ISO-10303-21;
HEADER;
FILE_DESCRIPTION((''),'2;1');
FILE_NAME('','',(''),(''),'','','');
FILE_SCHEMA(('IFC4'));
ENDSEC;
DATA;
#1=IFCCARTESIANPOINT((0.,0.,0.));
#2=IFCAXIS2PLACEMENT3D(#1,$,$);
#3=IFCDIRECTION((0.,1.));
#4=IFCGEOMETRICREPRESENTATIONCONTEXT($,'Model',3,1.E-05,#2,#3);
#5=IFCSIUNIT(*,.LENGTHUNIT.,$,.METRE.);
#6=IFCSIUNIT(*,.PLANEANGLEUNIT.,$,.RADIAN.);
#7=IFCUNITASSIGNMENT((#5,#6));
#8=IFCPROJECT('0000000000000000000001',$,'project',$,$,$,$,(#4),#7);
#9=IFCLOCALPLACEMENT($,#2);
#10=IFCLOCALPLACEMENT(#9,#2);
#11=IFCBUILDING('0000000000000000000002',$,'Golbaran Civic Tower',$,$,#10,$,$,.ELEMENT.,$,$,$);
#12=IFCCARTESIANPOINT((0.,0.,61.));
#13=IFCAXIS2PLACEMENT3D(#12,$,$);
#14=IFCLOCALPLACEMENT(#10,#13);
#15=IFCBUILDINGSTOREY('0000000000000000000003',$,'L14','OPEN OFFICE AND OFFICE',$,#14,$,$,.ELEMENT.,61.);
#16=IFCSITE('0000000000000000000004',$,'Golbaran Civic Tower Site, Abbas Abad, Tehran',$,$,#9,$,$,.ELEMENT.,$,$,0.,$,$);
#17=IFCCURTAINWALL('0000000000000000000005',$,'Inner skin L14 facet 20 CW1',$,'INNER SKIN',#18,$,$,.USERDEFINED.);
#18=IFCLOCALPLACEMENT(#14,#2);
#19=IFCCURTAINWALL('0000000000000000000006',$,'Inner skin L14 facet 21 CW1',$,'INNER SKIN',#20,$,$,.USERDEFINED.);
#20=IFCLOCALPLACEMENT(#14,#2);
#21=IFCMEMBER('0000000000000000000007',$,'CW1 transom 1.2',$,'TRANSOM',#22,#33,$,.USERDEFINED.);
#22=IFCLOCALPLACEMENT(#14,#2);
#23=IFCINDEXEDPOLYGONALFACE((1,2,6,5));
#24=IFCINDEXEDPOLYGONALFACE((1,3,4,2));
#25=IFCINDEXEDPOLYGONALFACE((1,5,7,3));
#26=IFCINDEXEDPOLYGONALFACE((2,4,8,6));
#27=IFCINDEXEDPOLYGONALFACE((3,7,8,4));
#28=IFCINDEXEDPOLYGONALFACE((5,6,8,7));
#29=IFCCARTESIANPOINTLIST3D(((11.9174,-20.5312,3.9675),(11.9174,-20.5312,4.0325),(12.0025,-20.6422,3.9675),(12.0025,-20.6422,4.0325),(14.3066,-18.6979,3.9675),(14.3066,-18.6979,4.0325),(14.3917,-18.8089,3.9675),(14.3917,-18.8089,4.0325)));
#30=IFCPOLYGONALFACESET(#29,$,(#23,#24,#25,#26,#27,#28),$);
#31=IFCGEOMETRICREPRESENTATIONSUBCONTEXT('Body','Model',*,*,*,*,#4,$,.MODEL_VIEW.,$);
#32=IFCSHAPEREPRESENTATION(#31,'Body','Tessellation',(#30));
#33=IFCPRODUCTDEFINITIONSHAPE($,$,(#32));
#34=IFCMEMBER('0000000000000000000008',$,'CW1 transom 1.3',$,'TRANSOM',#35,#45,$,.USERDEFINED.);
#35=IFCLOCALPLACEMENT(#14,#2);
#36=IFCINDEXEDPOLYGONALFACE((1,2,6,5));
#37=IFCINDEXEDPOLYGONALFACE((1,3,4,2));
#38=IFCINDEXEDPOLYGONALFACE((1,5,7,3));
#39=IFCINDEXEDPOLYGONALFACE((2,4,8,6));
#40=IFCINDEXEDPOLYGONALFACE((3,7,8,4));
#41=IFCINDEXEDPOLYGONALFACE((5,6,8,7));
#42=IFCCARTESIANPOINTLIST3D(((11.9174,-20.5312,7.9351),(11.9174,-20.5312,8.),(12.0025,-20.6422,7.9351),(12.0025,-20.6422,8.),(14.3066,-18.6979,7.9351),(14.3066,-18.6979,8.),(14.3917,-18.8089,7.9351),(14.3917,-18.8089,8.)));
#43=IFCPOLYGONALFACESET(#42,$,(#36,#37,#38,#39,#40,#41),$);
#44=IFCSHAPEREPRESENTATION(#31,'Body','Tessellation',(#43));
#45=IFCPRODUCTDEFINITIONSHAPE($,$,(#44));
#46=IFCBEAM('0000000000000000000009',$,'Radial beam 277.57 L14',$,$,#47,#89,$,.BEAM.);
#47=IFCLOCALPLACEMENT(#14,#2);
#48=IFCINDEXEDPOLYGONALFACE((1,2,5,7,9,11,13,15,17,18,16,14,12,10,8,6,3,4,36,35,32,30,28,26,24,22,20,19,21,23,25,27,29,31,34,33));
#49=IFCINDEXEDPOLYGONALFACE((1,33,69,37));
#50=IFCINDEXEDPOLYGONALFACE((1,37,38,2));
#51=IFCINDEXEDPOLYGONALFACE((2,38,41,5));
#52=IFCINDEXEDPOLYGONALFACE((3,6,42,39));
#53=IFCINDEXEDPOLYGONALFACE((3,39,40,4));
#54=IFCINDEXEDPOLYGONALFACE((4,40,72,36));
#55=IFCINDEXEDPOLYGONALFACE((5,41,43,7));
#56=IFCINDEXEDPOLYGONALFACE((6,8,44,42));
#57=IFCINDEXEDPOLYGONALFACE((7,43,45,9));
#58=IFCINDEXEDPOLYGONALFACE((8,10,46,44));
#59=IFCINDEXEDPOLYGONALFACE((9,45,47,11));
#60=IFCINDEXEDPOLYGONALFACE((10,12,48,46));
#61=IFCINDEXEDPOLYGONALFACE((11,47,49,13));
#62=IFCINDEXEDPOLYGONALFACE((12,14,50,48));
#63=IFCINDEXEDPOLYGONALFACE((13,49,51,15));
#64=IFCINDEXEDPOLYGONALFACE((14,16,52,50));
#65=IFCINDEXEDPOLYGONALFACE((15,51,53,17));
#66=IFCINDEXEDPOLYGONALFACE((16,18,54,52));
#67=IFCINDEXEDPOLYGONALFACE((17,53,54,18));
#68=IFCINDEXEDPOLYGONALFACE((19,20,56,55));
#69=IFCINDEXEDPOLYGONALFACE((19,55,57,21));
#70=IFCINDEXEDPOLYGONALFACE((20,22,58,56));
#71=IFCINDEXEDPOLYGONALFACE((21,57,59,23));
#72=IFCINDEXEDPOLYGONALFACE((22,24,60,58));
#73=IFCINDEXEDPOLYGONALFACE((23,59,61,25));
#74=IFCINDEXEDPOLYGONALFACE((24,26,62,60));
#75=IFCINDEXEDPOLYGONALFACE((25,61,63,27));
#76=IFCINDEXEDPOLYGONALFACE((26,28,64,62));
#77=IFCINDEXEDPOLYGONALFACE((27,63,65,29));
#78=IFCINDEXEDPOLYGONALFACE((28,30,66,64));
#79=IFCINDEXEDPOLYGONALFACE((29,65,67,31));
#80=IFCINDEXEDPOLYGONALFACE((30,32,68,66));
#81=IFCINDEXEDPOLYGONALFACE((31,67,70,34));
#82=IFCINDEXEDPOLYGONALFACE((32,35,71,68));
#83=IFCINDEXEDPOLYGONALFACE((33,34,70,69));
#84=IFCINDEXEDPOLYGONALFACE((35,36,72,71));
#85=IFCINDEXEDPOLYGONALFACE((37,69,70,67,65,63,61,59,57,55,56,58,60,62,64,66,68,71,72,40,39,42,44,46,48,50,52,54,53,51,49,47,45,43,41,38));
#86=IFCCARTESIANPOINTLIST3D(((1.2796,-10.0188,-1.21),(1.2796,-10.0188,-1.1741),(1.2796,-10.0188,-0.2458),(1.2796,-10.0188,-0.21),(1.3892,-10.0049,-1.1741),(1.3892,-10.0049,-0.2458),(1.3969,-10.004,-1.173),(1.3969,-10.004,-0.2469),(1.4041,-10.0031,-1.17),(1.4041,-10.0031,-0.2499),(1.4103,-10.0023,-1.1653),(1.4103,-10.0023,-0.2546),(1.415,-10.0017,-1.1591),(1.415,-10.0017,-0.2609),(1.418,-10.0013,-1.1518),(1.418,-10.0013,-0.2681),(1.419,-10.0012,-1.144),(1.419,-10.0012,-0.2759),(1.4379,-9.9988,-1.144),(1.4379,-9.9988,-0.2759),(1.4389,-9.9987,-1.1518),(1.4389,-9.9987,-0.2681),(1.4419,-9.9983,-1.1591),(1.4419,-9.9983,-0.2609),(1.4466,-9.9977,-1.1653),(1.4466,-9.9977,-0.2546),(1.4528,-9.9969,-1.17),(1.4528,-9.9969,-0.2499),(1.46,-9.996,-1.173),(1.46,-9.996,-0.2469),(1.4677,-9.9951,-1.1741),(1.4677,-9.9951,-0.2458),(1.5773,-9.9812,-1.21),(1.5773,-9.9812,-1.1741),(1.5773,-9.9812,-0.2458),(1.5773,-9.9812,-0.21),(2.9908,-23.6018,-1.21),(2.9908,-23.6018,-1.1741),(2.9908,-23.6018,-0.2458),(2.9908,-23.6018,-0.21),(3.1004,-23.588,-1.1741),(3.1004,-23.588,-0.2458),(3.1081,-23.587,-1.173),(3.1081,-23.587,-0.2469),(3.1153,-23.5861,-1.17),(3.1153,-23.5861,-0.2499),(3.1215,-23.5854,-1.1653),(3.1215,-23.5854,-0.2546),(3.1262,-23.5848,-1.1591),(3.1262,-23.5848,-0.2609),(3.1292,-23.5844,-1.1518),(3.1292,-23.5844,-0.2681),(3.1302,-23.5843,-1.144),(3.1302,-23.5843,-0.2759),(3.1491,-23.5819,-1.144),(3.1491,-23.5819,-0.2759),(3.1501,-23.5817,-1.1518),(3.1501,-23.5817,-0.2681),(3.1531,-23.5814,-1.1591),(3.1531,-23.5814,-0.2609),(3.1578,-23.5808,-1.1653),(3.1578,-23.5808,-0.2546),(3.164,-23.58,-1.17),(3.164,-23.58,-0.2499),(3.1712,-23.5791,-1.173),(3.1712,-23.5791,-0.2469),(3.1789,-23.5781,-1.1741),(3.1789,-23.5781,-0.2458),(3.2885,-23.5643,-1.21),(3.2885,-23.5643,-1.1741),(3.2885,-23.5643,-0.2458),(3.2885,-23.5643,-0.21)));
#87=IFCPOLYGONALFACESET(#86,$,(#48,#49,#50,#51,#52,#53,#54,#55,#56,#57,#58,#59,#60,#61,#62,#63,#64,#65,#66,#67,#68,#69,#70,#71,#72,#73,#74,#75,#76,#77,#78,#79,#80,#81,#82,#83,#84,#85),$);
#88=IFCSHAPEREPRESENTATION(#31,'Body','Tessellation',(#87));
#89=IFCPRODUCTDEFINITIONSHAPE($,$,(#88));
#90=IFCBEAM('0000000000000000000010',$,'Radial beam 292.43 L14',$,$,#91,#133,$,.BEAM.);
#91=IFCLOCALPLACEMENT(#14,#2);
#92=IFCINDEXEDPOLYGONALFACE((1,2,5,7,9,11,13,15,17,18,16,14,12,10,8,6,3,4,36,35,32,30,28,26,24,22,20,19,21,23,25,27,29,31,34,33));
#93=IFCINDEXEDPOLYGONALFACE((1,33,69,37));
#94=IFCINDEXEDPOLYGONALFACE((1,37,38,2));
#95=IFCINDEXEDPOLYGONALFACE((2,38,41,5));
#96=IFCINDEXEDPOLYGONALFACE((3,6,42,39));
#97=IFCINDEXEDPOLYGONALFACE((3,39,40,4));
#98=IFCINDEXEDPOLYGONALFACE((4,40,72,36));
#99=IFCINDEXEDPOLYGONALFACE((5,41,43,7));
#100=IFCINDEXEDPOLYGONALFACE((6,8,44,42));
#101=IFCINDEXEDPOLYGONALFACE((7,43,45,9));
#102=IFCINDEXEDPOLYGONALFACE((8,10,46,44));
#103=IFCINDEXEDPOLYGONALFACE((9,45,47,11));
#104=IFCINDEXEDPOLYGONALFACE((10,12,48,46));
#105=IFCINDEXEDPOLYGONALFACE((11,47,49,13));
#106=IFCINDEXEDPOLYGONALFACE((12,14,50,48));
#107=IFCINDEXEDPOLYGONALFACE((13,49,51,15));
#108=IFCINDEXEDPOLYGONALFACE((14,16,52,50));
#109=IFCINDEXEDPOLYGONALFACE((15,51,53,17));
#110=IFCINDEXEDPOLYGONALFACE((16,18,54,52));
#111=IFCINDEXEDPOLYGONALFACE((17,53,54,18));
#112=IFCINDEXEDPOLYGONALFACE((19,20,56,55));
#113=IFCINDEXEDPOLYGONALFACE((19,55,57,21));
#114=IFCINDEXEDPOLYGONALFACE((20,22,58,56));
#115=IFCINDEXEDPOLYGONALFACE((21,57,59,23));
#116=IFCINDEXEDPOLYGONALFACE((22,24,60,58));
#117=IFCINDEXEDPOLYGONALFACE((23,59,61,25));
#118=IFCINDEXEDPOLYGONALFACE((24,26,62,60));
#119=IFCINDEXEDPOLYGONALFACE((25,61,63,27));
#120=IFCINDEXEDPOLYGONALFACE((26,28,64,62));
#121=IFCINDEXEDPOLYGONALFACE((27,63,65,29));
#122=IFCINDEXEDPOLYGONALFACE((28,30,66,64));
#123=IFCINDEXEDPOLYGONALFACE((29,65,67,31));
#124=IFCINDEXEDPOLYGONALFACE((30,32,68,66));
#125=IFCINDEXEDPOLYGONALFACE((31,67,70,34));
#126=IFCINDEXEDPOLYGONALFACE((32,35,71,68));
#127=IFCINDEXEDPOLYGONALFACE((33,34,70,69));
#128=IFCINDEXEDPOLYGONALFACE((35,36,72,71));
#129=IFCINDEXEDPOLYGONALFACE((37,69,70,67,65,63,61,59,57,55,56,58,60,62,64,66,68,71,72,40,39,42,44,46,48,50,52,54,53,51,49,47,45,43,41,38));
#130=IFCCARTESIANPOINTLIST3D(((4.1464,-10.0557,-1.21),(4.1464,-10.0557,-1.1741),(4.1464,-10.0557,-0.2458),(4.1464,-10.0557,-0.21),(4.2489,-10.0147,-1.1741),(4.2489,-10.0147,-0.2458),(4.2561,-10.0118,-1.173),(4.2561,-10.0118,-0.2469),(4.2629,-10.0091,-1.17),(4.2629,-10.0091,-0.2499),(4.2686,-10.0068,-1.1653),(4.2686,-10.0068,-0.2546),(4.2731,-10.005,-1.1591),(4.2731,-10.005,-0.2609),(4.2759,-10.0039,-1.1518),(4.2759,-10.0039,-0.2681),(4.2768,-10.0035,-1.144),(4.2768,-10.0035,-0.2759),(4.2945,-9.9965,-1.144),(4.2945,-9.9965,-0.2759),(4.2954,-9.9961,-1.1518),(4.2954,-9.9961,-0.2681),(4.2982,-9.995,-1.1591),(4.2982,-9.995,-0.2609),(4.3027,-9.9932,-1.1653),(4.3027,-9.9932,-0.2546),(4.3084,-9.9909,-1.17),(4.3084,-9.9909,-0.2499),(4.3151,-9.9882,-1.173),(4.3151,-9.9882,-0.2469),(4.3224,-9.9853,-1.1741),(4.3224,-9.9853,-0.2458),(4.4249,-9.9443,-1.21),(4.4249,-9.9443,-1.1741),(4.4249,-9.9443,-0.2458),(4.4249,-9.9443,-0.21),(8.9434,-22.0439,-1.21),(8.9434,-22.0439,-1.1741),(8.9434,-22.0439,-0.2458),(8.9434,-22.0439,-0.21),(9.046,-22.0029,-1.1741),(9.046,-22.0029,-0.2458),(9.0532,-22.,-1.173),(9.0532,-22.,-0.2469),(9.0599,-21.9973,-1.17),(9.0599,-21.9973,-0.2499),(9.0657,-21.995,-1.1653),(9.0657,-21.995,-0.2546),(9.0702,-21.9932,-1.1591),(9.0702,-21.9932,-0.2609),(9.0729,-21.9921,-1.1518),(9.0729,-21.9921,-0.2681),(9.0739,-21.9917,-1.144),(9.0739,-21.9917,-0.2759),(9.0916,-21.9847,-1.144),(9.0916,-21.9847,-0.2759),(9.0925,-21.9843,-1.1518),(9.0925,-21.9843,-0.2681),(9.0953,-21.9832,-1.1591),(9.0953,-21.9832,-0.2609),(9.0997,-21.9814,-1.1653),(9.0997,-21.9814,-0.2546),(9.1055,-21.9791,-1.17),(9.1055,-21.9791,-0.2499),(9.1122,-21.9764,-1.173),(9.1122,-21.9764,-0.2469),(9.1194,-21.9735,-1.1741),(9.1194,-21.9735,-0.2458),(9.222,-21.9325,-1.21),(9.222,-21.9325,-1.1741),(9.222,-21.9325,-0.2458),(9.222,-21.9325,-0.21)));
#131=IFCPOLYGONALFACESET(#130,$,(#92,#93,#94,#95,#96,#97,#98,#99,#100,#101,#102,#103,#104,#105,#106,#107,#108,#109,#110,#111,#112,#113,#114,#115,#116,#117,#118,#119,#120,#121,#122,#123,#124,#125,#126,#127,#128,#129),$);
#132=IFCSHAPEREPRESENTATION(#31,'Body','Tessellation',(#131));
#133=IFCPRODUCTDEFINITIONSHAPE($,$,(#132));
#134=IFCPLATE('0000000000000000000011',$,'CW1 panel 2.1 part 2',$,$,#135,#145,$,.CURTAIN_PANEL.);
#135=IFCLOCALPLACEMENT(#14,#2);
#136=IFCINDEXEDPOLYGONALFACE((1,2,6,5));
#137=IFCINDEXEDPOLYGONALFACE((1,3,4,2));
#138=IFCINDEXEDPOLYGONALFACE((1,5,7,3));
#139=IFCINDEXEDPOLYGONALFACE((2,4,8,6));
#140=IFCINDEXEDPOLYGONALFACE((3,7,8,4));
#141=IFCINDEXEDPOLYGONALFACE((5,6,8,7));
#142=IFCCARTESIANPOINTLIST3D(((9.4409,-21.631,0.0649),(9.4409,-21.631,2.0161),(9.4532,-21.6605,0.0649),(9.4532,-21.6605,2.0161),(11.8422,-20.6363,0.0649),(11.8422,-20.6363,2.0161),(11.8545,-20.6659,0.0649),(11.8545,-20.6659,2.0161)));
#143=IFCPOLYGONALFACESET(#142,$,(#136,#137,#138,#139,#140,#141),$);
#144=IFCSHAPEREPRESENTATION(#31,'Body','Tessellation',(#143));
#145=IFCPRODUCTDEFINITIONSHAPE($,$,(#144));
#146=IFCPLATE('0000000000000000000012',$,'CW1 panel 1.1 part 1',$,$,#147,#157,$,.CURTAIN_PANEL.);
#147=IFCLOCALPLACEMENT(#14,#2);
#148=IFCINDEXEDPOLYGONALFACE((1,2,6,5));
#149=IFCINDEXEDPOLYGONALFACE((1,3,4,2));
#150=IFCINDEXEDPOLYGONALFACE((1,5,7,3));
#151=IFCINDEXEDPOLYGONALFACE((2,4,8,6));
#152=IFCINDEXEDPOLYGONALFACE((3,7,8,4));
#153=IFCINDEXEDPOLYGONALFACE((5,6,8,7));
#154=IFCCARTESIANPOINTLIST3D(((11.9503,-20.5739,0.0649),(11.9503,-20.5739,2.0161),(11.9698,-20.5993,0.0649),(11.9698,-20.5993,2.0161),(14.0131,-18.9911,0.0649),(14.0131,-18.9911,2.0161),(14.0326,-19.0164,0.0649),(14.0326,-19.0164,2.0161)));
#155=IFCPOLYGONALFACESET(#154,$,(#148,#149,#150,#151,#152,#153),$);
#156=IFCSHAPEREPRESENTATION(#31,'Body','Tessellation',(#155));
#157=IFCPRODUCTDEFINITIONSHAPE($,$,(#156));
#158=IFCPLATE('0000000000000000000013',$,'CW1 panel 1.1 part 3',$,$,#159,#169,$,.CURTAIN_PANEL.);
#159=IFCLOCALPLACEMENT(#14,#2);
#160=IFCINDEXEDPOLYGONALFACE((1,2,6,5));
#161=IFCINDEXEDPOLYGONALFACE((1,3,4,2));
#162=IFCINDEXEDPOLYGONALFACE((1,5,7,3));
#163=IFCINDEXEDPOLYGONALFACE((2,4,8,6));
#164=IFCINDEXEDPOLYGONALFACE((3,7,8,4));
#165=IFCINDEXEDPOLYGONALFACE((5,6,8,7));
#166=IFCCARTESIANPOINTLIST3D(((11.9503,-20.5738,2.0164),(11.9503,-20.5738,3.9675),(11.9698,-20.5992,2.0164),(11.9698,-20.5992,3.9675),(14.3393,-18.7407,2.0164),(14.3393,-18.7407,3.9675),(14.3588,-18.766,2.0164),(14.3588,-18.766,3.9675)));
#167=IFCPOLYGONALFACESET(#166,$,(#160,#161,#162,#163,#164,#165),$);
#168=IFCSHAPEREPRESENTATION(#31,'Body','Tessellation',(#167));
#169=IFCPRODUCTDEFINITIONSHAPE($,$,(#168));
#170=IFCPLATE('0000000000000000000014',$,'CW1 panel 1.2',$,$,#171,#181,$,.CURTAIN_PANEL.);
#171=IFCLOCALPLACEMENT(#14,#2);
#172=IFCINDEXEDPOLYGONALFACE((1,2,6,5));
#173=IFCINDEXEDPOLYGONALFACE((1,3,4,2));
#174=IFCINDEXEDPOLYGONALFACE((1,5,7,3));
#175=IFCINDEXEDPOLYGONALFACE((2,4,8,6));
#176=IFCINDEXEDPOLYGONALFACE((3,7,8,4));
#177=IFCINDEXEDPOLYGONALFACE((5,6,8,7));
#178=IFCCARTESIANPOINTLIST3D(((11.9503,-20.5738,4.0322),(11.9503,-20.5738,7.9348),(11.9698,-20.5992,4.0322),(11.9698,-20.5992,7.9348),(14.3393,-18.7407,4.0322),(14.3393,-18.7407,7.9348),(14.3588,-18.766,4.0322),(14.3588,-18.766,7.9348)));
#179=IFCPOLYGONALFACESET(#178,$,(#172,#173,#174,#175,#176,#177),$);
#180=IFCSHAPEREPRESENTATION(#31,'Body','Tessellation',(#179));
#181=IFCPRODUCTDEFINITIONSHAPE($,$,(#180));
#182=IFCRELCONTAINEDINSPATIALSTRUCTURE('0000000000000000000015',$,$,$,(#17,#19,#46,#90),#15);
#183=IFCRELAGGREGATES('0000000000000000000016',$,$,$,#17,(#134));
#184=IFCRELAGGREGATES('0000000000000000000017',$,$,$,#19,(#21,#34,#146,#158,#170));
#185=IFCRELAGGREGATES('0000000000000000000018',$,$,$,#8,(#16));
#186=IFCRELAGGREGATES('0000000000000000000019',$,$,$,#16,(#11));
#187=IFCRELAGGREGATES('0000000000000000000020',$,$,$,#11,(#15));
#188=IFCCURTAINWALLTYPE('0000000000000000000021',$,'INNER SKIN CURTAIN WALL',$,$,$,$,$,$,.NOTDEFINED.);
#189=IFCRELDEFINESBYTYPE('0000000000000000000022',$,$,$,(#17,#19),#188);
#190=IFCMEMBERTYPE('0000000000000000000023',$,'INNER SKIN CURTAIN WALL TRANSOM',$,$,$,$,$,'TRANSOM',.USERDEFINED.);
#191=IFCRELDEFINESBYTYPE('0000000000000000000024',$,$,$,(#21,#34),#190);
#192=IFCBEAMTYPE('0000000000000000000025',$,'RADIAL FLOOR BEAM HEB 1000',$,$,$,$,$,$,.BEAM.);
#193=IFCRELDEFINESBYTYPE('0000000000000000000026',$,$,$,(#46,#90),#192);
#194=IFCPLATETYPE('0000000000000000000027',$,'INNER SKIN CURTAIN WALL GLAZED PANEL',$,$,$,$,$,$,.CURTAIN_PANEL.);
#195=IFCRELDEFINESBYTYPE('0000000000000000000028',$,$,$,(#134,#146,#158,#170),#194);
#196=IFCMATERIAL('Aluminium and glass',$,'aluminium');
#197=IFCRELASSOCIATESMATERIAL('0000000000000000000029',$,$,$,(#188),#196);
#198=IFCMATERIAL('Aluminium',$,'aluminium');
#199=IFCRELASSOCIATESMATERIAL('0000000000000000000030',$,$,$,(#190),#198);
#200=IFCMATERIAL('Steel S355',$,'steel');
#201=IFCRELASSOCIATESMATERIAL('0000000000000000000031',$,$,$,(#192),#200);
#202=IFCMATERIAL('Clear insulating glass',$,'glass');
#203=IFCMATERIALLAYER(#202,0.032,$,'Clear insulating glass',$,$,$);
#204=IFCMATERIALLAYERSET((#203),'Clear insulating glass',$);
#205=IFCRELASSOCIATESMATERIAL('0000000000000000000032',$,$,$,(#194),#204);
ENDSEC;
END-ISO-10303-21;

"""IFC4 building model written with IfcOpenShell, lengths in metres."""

from ifc_helpers import new_model, si_unit, direction, frame, origin, origin_2d, place, context, subcontext, project, spatial, rectangle, i_section, extrude, material, layer, layer_set, material_profile, profile_set, type_object, element, aggregate, save


model = new_model("IFC4")

# Units and contexts
model_context = context("Model", 3, precision=1e-05, world=origin(), true_north=direction((0.0, 1.0)))
body_context = subcontext(model_context, "Body", "Model", "MODEL_VIEW")
ifc_project = project(units=[si_unit("LENGTHUNIT", "METRE"), si_unit("PLANEANGLEUNIT", "RADIAN")], contexts=[model_context])

# Site, building, storey
site_placement = place(None, origin())
site = spatial("IfcSite", under=ifc_project, at=site_placement, Name="Golbaran Civic Tower Site, Abbas Abad, Tehran", CompositionType="ELEMENT", RefElevation=0.0)
building_placement = place(site_placement, origin())
building = spatial("IfcBuilding", under=site, at=building_placement, Name="Golbaran Civic Tower", CompositionType="ELEMENT")
storey_placement = place(building_placement, frame((0.0, 0.0, 61.0)))
storey = spatial("IfcBuildingStorey", under=building, at=storey_placement, Name="L14", Description="OPEN OFFICE AND OFFICE", CompositionType="ELEMENT", Elevation=61.0)

# Shared definitions
ifc_material_1 = material(Name="Steel S355", Category="steel")

# Curtain wall
ifc_material_2 = material(Name="Aluminium and glass", Category="aluminium")
curtain_wall_type = type_object("IfcCurtainWallType", Name="INNER SKIN CURTAIN WALL", PredefinedType="NOTDEFINED", material=ifc_material_2)
curtain_wall_1_placement = place(storey_placement, origin())
curtain_wall_1 = element("IfcCurtainWall", 1, at=curtain_wall_1_placement, inside=storey, type_object=curtain_wall_type, Name="Inner skin L14 facet 20 CW1", ObjectType="INNER SKIN", PredefinedType="USERDEFINED")
ifc_material_3 = material(Name="Aluminium", Category="aluminium")

# Curtain wall, members
curtain_wall_2_placement = place(storey_placement, origin())
curtain_wall_2 = element("IfcCurtainWall", 2, at=curtain_wall_2_placement, inside=storey, type_object=curtain_wall_type, Name="Inner skin L14 facet 21 CW1", ObjectType="INNER SKIN", PredefinedType="USERDEFINED")
ifc_material_profile_1 = material_profile(ifc_material_3, rectangle(XDim=0.1399, YDim=0.0649, at=origin_2d()), Name="INNER SKIN CURTAIN WALL TRANSOM")
ifc_profile_set_1 = profile_set([ifc_material_profile_1], Name="Aluminium")
member_type_1 = type_object("IfcMemberType", Name="INNER SKIN CURTAIN WALL TRANSOM", ElementType="TRANSOM", PredefinedType="USERDEFINED", material=ifc_profile_set_1)
member_1_placement = place(storey_placement, frame((11.96, -20.5867, 4.0), z_axis=(0.793356, 0.608758, 0.0), x_axis=(-0.608758, 0.793356, 0.0)))
member_1 = element("IfcMember", 3, at=member_1_placement, type_object=member_type_1, Name="CW1 transom 1.2", ObjectType="TRANSOM", PredefinedType="USERDEFINED", context=body_context, shape_type="SweptSolid", body=[
    extrude(rectangle(XDim=0.1399, YDim=0.0649, at=origin_2d()), origin(), (0.0, 0.0, 1.0), 3.0115),
])
member_2_placement = place(storey_placement, frame((11.96, -20.5867, 7.9675), z_axis=(0.793356, 0.608758, 0.0), x_axis=(-0.608758, 0.793356, 0.0)))
member_2 = element("IfcMember", 4, at=member_2_placement, type_object=member_type_1, Name="CW1 transom 1.3", ObjectType="TRANSOM", PredefinedType="USERDEFINED", context=body_context, shape_type="SweptSolid", body=[
    extrude(rectangle(XDim=0.1399, YDim=0.0649, at=origin_2d()), origin(), (0.0, 0.0, 1.0), 3.0115),
])

# Beams
ifc_material_profile_2 = material_profile(ifc_material_1, i_section(OverallWidth=0.3, OverallDepth=1.0, WebThickness=0.019, FlangeThickness=0.0359, FilletRadius=0.03, at=origin_2d()), Name="HEB 1000")
ifc_profile_set_2 = profile_set([ifc_material_profile_2], Name="Steel S355")
beam_type_1 = type_object("IfcBeamType", Name="RADIAL FLOOR BEAM HEB 1000", PredefinedType="BEAM", material=ifc_profile_set_2)
beam_1_placement = place(storey_placement, frame((1.4285, -10.0, -0.71), z_axis=(0.124992, -0.992158, 0.0), x_axis=(0.992158, 0.124992, 0.0)))
element("IfcBeam", 5, at=beam_1_placement, inside=storey, type_object=beam_type_1, Name="Radial beam 277.57 L14", PredefinedType="BEAM", context=body_context, shape_type="SweptSolid", body=[
    extrude(i_section(OverallWidth=0.3, OverallDepth=1.0, WebThickness=0.019, FlangeThickness=0.0359, FilletRadius=0.03, at=origin_2d()), origin(), (0.0, 0.0, 1.0), 13.6904),
])
beam_2_placement = place(storey_placement, frame((4.2856, -10.0, -0.71), z_axis=(0.371511, -0.928428, 0.0), x_axis=(0.928428, 0.371511, 0.0)))
element("IfcBeam", 6, at=beam_2_placement, inside=storey, type_object=beam_type_1, Name="Radial beam 292.43 L14", PredefinedType="BEAM", context=body_context, shape_type="SweptSolid", body=[
    extrude(i_section(OverallWidth=0.3, OverallDepth=1.0, WebThickness=0.019, FlangeThickness=0.0359, FilletRadius=0.03, at=origin_2d()), origin(), (0.0, 0.0, 1.0), 12.9124),
])

# Plates
ifc_material_4 = material(Name="Clear insulating glass", Category="glass")
ifc_layer_1 = layer(ifc_material_4, 0.032, Name="Clear insulating glass")
ifc_layer_set_1 = layer_set([ifc_layer_1], Name="Clear insulating glass")
plate_type = type_object("IfcPlateType", Name="INNER SKIN CURTAIN WALL GLAZED PANEL", PredefinedType="CURTAIN_PANEL", material=ifc_layer_set_1)
plate_1_placement = place(storey_placement, frame((10.6477, -21.1484, 0.0649), z_axis=(0.0, 0.0, 1.0), x_axis=(0.92388, 0.382683, 0.0)))
plate_1 = element("IfcPlate", 7, at=plate_1_placement, type_object=plate_type, Name="CW1 panel 2.1 part 2", PredefinedType="CURTAIN_PANEL", context=body_context, shape_type="SweptSolid", body=[
    extrude(rectangle(XDim=2.5991, YDim=0.032, at=origin_2d()), origin(), (0.0, 0.0, 1.0), 1.9512),
])
aggregate(curtain_wall_1, [plate_1])
plate_2_placement = place(storey_placement, frame((12.9915, -19.7952, 0.0649), z_axis=(0.0, 0.0, 1.0), x_axis=(0.793353, 0.608761, 0.0)))
plate_2 = element("IfcPlate", 8, at=plate_2_placement, type_object=plate_type, Name="CW1 panel 1.1 part 1", PredefinedType="CURTAIN_PANEL", context=body_context, shape_type="SweptSolid", body=[
    extrude(rectangle(XDim=2.6001, YDim=0.032, at=origin_2d()), origin(), (0.0, 0.0, 1.0), 1.9512),
])
plate_3_placement = place(storey_placement, frame((13.1545, -19.6699, 2.0164), z_axis=(0.0, 0.0, 1.0), x_axis=(0.793353, 0.608761, 0.0)))
plate_3 = element("IfcPlate", 9, at=plate_3_placement, type_object=plate_type, Name="CW1 panel 1.1 part 3", PredefinedType="CURTAIN_PANEL", context=body_context, shape_type="SweptSolid", body=[
    extrude(rectangle(XDim=3.0112, YDim=0.032, at=origin_2d()), origin(), (0.0, 0.0, 1.0), 1.9512),
])
plate_4_placement = place(storey_placement, frame((13.1545, -19.6699, 4.0322), z_axis=(0.0, 0.0, 1.0), x_axis=(0.793353, 0.608761, 0.0)))
plate_4 = element("IfcPlate", 10, at=plate_4_placement, type_object=plate_type, Name="CW1 panel 1.2", PredefinedType="CURTAIN_PANEL", context=body_context, shape_type="SweptSolid", body=[
    extrude(rectangle(XDim=3.0112, YDim=0.032, at=origin_2d()), origin(), (0.0, 0.0, 1.0), 3.9026),
])
aggregate(curtain_wall_2, [member_1, member_2, plate_2, plate_3, plate_4])

save(model, "model.ifc")
